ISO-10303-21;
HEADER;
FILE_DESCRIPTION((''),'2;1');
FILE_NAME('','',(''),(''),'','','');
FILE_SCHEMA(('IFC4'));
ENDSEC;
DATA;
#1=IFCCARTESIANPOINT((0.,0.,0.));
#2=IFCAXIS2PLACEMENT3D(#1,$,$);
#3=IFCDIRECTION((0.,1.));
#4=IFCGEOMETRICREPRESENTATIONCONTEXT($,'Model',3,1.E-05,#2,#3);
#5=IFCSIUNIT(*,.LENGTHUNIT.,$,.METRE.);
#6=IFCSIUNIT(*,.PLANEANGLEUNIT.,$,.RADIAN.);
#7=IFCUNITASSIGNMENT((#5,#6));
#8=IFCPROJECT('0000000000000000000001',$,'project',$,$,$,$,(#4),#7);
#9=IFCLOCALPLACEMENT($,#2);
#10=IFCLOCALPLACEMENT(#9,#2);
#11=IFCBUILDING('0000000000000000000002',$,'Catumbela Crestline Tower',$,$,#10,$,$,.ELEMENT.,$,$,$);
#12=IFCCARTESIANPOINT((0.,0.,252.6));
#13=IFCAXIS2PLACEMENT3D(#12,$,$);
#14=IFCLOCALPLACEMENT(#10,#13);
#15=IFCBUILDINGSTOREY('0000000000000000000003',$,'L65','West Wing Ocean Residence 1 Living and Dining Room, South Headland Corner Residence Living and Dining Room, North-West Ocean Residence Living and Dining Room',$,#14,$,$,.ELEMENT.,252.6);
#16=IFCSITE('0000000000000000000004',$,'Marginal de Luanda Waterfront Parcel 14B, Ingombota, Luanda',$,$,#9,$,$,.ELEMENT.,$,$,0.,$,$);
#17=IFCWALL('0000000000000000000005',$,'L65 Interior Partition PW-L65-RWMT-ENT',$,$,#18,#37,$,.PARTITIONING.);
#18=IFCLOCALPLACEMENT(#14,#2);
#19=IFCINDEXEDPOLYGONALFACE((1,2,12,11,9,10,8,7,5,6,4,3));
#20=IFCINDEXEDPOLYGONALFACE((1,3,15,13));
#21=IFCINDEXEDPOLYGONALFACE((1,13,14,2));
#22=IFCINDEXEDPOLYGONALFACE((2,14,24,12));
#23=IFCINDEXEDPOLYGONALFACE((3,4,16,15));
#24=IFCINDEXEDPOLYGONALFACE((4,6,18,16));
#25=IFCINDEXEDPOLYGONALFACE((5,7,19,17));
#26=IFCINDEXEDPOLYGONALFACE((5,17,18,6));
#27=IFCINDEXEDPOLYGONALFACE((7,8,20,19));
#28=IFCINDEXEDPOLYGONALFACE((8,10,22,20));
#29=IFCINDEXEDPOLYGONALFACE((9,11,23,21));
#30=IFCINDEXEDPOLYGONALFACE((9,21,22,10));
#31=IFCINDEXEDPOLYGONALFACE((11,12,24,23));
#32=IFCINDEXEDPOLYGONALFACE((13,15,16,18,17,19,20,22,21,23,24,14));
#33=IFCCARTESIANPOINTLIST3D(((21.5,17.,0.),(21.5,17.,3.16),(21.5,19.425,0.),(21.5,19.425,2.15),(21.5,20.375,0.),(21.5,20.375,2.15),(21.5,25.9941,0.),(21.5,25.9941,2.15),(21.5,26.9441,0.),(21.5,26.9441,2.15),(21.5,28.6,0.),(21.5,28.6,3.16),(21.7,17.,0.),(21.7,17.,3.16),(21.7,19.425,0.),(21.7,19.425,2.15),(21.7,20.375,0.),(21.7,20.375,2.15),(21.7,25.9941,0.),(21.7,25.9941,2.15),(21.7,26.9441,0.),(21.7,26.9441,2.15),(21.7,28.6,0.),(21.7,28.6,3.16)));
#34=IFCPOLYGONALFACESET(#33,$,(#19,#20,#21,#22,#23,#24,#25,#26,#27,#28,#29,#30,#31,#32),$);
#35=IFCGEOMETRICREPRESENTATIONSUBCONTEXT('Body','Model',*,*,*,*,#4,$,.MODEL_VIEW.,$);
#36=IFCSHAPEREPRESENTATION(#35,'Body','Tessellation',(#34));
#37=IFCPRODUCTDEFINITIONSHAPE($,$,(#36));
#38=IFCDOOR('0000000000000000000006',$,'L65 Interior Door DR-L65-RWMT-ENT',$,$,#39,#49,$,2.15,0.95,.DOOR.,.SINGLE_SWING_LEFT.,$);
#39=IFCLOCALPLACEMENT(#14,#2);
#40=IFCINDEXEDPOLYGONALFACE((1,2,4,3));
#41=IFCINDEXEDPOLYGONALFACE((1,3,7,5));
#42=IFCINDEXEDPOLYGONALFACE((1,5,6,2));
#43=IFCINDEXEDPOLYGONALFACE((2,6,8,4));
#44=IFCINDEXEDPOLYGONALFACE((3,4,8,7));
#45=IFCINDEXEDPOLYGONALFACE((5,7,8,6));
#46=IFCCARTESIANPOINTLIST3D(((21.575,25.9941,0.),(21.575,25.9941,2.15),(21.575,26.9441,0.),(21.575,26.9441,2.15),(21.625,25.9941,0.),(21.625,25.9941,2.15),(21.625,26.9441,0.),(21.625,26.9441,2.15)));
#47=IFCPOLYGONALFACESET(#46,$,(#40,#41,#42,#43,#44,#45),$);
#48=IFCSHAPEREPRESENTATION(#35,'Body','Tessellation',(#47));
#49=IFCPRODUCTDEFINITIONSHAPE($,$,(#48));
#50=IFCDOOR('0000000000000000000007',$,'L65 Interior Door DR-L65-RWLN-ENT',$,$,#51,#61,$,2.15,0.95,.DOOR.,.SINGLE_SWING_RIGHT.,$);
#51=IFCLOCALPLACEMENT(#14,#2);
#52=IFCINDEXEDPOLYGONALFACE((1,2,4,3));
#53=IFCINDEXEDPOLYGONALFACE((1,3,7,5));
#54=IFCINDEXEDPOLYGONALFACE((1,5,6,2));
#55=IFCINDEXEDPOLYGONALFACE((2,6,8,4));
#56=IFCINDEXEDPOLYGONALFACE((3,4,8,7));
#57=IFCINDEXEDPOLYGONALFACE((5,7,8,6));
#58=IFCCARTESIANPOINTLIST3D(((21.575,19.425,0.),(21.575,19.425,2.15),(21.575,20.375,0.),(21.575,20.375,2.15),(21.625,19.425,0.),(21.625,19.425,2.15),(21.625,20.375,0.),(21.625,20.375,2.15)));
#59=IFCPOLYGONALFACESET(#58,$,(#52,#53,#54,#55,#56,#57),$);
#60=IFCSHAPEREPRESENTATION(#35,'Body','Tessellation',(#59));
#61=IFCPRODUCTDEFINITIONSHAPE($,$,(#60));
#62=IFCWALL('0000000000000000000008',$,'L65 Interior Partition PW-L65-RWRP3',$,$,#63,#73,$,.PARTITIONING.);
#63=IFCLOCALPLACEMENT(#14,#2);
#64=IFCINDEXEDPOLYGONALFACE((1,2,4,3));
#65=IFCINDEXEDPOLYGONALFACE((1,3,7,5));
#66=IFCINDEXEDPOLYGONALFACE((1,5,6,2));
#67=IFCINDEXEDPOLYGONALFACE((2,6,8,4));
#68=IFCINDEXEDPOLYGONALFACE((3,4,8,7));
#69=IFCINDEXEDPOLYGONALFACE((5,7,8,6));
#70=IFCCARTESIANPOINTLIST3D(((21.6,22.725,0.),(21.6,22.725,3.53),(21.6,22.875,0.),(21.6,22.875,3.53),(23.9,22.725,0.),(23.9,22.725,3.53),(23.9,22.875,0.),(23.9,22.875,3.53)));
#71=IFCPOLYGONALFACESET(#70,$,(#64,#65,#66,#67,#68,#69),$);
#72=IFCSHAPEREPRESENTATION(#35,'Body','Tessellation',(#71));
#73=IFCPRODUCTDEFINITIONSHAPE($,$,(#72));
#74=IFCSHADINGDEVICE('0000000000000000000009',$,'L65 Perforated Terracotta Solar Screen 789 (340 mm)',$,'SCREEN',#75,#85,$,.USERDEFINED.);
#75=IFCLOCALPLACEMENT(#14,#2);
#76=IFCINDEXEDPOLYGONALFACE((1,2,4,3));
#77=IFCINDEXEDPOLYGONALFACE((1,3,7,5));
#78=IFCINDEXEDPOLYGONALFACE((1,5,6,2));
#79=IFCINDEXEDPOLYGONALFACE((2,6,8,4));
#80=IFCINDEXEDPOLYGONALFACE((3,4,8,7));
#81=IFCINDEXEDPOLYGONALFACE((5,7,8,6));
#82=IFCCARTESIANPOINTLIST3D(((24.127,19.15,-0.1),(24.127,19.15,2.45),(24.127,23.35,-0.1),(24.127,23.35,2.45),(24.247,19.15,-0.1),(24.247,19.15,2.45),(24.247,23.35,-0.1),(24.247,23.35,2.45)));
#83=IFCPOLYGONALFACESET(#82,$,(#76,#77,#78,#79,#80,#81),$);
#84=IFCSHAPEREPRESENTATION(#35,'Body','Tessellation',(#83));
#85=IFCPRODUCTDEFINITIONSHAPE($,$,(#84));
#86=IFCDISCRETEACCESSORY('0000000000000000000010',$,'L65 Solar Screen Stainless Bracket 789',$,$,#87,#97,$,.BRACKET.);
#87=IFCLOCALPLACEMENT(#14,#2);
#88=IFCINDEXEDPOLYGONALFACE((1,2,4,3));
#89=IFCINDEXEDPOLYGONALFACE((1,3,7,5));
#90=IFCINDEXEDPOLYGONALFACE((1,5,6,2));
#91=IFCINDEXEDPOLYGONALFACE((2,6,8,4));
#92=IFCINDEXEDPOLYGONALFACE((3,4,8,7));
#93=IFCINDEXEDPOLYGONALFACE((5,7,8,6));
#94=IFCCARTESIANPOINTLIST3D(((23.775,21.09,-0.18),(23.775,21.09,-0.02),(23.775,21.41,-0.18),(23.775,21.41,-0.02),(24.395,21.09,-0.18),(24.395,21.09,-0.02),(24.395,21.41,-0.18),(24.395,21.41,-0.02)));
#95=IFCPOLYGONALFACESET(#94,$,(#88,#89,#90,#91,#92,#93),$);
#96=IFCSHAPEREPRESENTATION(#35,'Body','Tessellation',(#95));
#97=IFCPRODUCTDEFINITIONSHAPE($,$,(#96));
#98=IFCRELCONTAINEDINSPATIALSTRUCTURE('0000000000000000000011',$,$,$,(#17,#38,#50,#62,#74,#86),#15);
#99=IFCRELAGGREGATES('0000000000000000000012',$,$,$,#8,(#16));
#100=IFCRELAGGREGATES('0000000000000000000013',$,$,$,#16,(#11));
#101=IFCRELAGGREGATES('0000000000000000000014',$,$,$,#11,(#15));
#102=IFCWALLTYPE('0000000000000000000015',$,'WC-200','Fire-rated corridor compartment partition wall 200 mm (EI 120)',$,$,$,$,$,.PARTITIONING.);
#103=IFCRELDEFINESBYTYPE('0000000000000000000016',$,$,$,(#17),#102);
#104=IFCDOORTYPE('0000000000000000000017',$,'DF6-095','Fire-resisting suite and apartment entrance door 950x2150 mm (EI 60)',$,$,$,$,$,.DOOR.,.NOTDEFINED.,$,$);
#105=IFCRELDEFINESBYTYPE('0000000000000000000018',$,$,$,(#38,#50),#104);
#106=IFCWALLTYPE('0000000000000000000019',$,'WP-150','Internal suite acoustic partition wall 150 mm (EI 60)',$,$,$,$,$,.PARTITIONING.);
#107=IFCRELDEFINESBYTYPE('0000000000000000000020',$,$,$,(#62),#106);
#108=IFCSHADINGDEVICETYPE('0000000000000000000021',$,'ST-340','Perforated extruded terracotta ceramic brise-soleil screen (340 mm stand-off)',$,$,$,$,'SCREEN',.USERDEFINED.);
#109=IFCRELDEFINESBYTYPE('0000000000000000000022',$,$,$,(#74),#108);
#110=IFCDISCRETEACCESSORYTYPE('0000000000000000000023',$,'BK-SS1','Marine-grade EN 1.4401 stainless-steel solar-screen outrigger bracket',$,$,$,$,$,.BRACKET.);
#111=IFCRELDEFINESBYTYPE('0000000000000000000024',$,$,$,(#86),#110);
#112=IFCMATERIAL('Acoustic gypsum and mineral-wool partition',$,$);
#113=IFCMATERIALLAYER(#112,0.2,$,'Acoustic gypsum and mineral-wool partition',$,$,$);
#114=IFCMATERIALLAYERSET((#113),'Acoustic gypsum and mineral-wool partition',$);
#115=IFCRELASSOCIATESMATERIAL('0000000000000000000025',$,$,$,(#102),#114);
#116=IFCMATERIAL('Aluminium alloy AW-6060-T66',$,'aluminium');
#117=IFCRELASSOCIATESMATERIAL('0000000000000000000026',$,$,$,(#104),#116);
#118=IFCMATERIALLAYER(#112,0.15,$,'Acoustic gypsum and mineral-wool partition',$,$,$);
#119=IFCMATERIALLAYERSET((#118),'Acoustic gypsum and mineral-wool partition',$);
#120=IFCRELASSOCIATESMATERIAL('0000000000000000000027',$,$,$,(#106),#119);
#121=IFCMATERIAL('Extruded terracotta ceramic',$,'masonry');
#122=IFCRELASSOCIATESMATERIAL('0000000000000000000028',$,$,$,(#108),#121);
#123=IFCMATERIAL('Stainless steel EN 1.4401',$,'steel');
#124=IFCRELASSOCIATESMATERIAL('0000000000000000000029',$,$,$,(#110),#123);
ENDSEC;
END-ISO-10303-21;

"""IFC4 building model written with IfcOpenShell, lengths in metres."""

from ifc_helpers import new_model, si_unit, direction, frame, frame_2d, origin, origin_2d, place, context, subcontext, project, spatial, rectangle, extrude, material, layer, layer_set, type_object, element, fill, save


model = new_model("IFC4")

# Units and contexts
model_context = context("Model", 3, precision=1e-05, world=origin(), true_north=direction((0.0, 1.0)))
body_context = subcontext(model_context, "Body", "Model", "MODEL_VIEW")
ifc_project = project(units=[si_unit("LENGTHUNIT", "METRE"), si_unit("PLANEANGLEUNIT", "RADIAN")], contexts=[model_context])

# Site, building, storey
site_placement = place(None, origin())
site = spatial("IfcSite", under=ifc_project, at=site_placement, Name="Marginal de Luanda Waterfront Parcel 14B, Ingombota, Luanda", CompositionType="ELEMENT", RefElevation=0.0)
building_placement = place(site_placement, origin())
building = spatial("IfcBuilding", under=site, at=building_placement, Name="Catumbela Crestline Tower", CompositionType="ELEMENT")
storey_placement = place(building_placement, frame((0.0, 0.0, 252.6)))
storey = spatial("IfcBuildingStorey", under=building, at=storey_placement, Name="L65", Description="West Wing Ocean Residence 1 Living and Dining Room, South Headland Corner Residence Living and Dining Room, North-West Ocean Residence Living and Dining Room", CompositionType="ELEMENT", Elevation=252.6)

# Shared definitions
ifc_material_1 = material(Name="Aluminium alloy AW-6060-T66", Category="aluminium")

# Shared definitions
ifc_material_2 = material(Name="Acoustic gypsum and mineral-wool partition")
ifc_layer_1 = layer(ifc_material_2, 0.2, Name="Acoustic gypsum and mineral-wool partition")
ifc_layer_set_1 = layer_set([ifc_layer_1], Name="Acoustic gypsum and mineral-wool partition")
wall_type_1 = type_object("IfcWallType", Name="WC-200", Description="Fire-rated corridor compartment partition wall 200 mm (EI 120)", PredefinedType="PARTITIONING", material=ifc_layer_set_1)
door_type = type_object("IfcDoorType", Name="DF6-095", Description="Fire-resisting suite and apartment entrance door 950x2150 mm (EI 60)", OperationType="NOTDEFINED", PredefinedType="DOOR", material=ifc_material_1)

# Wall, openings, doors
wall_1_placement = place(storey_placement, frame((21.6, 17.0, 0.0), z_axis=(0.0, 0.0, 1.0), x_axis=(0.0, 1.0, 0.0)))
wall_1 = element("IfcWall", 1, at=wall_1_placement, inside=storey, type_object=wall_type_1, Name="L65 Interior Partition PW-L65-RWMT-ENT", PredefinedType="PARTITIONING", context=body_context, shape_type="SweptSolid", body=[
    extrude(rectangle(XDim=11.6, YDim=0.2, at=frame_2d((5.8, 0.0))), origin(), (0.0, 0.0, 1.0), 3.16),
])
opening_1_placement = place(wall_1_placement, frame((8.9941, 0.0, 0.0)))
opening_1 = element("IfcOpeningElement", 2, at=opening_1_placement, cuts=wall_1, PredefinedType="OPENING", context=body_context, shape_type="SweptSolid", body=[
    extrude(rectangle(XDim=0.95, YDim=2.15, at=frame_2d((0.475, 1.075))), frame((0.0, 0.11, 0.0), z_axis=(0.0, -1.0, 0.0), x_axis=(1.0, 0.0, 0.0)), (0.0, 0.0, 1.0), 0.22),
])
opening_2_placement = place(wall_1_placement, frame((2.425, 0.0, 0.0)))
opening_2 = element("IfcOpeningElement", 3, at=opening_2_placement, cuts=wall_1, PredefinedType="OPENING", context=body_context, shape_type="SweptSolid", body=[
    extrude(rectangle(XDim=0.95, YDim=2.15, at=frame_2d((0.475, 1.075))), frame((0.0, 0.11, 0.0), z_axis=(0.0, -1.0, 0.0), x_axis=(1.0, 0.0, 0.0)), (0.0, 0.0, 1.0), 0.22),
])
door_1_placement = place(opening_1_placement, origin())
door_1 = element("IfcDoor", 4, at=door_1_placement, inside=storey, type_object=door_type, Name="L65 Interior Door DR-L65-RWMT-ENT", OperationType="SINGLE_SWING_LEFT", OverallHeight=2.15, OverallWidth=0.95, PredefinedType="DOOR", context=body_context, shape_type="SweptSolid", body=[
    extrude(rectangle(XDim=0.95, YDim=2.15, at=frame_2d((0.475, 1.075))), frame((0.0, 0.025, 0.0), z_axis=(0.0, -1.0, 0.0), x_axis=(1.0, 0.0, 0.0)), (0.0, 0.0, 1.0), 0.05),
])
fill(opening_1, door_1)
door_2_placement = place(opening_2_placement, origin())
door_2 = element("IfcDoor", 5, at=door_2_placement, inside=storey, type_object=door_type, Name="L65 Interior Door DR-L65-RWLN-ENT", OperationType="SINGLE_SWING_RIGHT", OverallHeight=2.15, OverallWidth=0.95, PredefinedType="DOOR", context=body_context, shape_type="SweptSolid", body=[
    extrude(rectangle(XDim=0.95, YDim=2.15, at=frame_2d((0.475, 1.075))), frame((0.0, 0.025, 0.0), z_axis=(0.0, -1.0, 0.0), x_axis=(1.0, 0.0, 0.0)), (0.0, 0.0, 1.0), 0.05),
])
fill(opening_2, door_2)

# Wall
ifc_layer_2 = layer(ifc_material_2, 0.15, Name="Acoustic gypsum and mineral-wool partition")
ifc_layer_set_2 = layer_set([ifc_layer_2], Name="Acoustic gypsum and mineral-wool partition")
wall_type_2 = type_object("IfcWallType", Name="WP-150", Description="Internal suite acoustic partition wall 150 mm (EI 60)", PredefinedType="PARTITIONING", material=ifc_layer_set_2)
wall_2_placement = place(storey_placement, frame((21.6, 22.8, 0.0), z_axis=(0.0, 0.0, 1.0), x_axis=(1.0, 0.0, 0.0)))
element("IfcWall", 6, at=wall_2_placement, inside=storey, type_object=wall_type_2, Name="L65 Interior Partition PW-L65-RWRP3", PredefinedType="PARTITIONING", context=body_context, shape_type="SweptSolid", body=[
    extrude(rectangle(XDim=2.3, YDim=0.15, at=frame_2d((1.15, 0.0))), origin(), (0.0, 0.0, 1.0), 3.53),
])

# Shading device
ifc_material_3 = material(Name="Extruded terracotta ceramic", Category="masonry")
shading_device_type = type_object("IfcShadingDeviceType", Name="ST-340", Description="Perforated extruded terracotta ceramic brise-soleil screen (340 mm stand-off)", ElementType="SCREEN", PredefinedType="USERDEFINED", material=ifc_material_3)
shading_device_placement = place(storey_placement, frame((24.187, 21.25, -0.1), z_axis=(0.0, 0.0, 1.0), x_axis=(0.0, 1.0, 0.0)))
element("IfcShadingDevice", 7, at=shading_device_placement, inside=storey, type_object=shading_device_type, Name="L65 Perforated Terracotta Solar Screen 789 (340 mm)", ObjectType="SCREEN", PredefinedType="USERDEFINED", context=body_context, shape_type="SweptSolid", body=[
    extrude(rectangle(XDim=4.2, YDim=0.12, at=origin_2d()), origin(), (0.0, 0.0, 1.0), 2.55),
])

# Discrete accessory
ifc_material_4 = material(Name="Stainless steel EN 1.4401", Category="steel")
discrete_accessory_type = type_object("IfcDiscreteAccessoryType", Name="BK-SS1", Description="Marine-grade EN 1.4401 stainless-steel solar-screen outrigger bracket", PredefinedType="BRACKET", material=ifc_material_4)
discrete_accessory_placement = place(storey_placement, frame((24.085, 21.25, -0.18), z_axis=(0.0, 0.0, 1.0), x_axis=(0.0, 1.0, 0.0)))
element("IfcDiscreteAccessory", 8, at=discrete_accessory_placement, inside=storey, type_object=discrete_accessory_type, Name="L65 Solar Screen Stainless Bracket 789", PredefinedType="BRACKET", context=body_context, shape_type="SweptSolid", body=[
    extrude(rectangle(XDim=0.32, YDim=0.62, at=origin_2d()), origin(), (0.0, 0.0, 1.0), 0.16),
])

save(model, "model.ifc")
